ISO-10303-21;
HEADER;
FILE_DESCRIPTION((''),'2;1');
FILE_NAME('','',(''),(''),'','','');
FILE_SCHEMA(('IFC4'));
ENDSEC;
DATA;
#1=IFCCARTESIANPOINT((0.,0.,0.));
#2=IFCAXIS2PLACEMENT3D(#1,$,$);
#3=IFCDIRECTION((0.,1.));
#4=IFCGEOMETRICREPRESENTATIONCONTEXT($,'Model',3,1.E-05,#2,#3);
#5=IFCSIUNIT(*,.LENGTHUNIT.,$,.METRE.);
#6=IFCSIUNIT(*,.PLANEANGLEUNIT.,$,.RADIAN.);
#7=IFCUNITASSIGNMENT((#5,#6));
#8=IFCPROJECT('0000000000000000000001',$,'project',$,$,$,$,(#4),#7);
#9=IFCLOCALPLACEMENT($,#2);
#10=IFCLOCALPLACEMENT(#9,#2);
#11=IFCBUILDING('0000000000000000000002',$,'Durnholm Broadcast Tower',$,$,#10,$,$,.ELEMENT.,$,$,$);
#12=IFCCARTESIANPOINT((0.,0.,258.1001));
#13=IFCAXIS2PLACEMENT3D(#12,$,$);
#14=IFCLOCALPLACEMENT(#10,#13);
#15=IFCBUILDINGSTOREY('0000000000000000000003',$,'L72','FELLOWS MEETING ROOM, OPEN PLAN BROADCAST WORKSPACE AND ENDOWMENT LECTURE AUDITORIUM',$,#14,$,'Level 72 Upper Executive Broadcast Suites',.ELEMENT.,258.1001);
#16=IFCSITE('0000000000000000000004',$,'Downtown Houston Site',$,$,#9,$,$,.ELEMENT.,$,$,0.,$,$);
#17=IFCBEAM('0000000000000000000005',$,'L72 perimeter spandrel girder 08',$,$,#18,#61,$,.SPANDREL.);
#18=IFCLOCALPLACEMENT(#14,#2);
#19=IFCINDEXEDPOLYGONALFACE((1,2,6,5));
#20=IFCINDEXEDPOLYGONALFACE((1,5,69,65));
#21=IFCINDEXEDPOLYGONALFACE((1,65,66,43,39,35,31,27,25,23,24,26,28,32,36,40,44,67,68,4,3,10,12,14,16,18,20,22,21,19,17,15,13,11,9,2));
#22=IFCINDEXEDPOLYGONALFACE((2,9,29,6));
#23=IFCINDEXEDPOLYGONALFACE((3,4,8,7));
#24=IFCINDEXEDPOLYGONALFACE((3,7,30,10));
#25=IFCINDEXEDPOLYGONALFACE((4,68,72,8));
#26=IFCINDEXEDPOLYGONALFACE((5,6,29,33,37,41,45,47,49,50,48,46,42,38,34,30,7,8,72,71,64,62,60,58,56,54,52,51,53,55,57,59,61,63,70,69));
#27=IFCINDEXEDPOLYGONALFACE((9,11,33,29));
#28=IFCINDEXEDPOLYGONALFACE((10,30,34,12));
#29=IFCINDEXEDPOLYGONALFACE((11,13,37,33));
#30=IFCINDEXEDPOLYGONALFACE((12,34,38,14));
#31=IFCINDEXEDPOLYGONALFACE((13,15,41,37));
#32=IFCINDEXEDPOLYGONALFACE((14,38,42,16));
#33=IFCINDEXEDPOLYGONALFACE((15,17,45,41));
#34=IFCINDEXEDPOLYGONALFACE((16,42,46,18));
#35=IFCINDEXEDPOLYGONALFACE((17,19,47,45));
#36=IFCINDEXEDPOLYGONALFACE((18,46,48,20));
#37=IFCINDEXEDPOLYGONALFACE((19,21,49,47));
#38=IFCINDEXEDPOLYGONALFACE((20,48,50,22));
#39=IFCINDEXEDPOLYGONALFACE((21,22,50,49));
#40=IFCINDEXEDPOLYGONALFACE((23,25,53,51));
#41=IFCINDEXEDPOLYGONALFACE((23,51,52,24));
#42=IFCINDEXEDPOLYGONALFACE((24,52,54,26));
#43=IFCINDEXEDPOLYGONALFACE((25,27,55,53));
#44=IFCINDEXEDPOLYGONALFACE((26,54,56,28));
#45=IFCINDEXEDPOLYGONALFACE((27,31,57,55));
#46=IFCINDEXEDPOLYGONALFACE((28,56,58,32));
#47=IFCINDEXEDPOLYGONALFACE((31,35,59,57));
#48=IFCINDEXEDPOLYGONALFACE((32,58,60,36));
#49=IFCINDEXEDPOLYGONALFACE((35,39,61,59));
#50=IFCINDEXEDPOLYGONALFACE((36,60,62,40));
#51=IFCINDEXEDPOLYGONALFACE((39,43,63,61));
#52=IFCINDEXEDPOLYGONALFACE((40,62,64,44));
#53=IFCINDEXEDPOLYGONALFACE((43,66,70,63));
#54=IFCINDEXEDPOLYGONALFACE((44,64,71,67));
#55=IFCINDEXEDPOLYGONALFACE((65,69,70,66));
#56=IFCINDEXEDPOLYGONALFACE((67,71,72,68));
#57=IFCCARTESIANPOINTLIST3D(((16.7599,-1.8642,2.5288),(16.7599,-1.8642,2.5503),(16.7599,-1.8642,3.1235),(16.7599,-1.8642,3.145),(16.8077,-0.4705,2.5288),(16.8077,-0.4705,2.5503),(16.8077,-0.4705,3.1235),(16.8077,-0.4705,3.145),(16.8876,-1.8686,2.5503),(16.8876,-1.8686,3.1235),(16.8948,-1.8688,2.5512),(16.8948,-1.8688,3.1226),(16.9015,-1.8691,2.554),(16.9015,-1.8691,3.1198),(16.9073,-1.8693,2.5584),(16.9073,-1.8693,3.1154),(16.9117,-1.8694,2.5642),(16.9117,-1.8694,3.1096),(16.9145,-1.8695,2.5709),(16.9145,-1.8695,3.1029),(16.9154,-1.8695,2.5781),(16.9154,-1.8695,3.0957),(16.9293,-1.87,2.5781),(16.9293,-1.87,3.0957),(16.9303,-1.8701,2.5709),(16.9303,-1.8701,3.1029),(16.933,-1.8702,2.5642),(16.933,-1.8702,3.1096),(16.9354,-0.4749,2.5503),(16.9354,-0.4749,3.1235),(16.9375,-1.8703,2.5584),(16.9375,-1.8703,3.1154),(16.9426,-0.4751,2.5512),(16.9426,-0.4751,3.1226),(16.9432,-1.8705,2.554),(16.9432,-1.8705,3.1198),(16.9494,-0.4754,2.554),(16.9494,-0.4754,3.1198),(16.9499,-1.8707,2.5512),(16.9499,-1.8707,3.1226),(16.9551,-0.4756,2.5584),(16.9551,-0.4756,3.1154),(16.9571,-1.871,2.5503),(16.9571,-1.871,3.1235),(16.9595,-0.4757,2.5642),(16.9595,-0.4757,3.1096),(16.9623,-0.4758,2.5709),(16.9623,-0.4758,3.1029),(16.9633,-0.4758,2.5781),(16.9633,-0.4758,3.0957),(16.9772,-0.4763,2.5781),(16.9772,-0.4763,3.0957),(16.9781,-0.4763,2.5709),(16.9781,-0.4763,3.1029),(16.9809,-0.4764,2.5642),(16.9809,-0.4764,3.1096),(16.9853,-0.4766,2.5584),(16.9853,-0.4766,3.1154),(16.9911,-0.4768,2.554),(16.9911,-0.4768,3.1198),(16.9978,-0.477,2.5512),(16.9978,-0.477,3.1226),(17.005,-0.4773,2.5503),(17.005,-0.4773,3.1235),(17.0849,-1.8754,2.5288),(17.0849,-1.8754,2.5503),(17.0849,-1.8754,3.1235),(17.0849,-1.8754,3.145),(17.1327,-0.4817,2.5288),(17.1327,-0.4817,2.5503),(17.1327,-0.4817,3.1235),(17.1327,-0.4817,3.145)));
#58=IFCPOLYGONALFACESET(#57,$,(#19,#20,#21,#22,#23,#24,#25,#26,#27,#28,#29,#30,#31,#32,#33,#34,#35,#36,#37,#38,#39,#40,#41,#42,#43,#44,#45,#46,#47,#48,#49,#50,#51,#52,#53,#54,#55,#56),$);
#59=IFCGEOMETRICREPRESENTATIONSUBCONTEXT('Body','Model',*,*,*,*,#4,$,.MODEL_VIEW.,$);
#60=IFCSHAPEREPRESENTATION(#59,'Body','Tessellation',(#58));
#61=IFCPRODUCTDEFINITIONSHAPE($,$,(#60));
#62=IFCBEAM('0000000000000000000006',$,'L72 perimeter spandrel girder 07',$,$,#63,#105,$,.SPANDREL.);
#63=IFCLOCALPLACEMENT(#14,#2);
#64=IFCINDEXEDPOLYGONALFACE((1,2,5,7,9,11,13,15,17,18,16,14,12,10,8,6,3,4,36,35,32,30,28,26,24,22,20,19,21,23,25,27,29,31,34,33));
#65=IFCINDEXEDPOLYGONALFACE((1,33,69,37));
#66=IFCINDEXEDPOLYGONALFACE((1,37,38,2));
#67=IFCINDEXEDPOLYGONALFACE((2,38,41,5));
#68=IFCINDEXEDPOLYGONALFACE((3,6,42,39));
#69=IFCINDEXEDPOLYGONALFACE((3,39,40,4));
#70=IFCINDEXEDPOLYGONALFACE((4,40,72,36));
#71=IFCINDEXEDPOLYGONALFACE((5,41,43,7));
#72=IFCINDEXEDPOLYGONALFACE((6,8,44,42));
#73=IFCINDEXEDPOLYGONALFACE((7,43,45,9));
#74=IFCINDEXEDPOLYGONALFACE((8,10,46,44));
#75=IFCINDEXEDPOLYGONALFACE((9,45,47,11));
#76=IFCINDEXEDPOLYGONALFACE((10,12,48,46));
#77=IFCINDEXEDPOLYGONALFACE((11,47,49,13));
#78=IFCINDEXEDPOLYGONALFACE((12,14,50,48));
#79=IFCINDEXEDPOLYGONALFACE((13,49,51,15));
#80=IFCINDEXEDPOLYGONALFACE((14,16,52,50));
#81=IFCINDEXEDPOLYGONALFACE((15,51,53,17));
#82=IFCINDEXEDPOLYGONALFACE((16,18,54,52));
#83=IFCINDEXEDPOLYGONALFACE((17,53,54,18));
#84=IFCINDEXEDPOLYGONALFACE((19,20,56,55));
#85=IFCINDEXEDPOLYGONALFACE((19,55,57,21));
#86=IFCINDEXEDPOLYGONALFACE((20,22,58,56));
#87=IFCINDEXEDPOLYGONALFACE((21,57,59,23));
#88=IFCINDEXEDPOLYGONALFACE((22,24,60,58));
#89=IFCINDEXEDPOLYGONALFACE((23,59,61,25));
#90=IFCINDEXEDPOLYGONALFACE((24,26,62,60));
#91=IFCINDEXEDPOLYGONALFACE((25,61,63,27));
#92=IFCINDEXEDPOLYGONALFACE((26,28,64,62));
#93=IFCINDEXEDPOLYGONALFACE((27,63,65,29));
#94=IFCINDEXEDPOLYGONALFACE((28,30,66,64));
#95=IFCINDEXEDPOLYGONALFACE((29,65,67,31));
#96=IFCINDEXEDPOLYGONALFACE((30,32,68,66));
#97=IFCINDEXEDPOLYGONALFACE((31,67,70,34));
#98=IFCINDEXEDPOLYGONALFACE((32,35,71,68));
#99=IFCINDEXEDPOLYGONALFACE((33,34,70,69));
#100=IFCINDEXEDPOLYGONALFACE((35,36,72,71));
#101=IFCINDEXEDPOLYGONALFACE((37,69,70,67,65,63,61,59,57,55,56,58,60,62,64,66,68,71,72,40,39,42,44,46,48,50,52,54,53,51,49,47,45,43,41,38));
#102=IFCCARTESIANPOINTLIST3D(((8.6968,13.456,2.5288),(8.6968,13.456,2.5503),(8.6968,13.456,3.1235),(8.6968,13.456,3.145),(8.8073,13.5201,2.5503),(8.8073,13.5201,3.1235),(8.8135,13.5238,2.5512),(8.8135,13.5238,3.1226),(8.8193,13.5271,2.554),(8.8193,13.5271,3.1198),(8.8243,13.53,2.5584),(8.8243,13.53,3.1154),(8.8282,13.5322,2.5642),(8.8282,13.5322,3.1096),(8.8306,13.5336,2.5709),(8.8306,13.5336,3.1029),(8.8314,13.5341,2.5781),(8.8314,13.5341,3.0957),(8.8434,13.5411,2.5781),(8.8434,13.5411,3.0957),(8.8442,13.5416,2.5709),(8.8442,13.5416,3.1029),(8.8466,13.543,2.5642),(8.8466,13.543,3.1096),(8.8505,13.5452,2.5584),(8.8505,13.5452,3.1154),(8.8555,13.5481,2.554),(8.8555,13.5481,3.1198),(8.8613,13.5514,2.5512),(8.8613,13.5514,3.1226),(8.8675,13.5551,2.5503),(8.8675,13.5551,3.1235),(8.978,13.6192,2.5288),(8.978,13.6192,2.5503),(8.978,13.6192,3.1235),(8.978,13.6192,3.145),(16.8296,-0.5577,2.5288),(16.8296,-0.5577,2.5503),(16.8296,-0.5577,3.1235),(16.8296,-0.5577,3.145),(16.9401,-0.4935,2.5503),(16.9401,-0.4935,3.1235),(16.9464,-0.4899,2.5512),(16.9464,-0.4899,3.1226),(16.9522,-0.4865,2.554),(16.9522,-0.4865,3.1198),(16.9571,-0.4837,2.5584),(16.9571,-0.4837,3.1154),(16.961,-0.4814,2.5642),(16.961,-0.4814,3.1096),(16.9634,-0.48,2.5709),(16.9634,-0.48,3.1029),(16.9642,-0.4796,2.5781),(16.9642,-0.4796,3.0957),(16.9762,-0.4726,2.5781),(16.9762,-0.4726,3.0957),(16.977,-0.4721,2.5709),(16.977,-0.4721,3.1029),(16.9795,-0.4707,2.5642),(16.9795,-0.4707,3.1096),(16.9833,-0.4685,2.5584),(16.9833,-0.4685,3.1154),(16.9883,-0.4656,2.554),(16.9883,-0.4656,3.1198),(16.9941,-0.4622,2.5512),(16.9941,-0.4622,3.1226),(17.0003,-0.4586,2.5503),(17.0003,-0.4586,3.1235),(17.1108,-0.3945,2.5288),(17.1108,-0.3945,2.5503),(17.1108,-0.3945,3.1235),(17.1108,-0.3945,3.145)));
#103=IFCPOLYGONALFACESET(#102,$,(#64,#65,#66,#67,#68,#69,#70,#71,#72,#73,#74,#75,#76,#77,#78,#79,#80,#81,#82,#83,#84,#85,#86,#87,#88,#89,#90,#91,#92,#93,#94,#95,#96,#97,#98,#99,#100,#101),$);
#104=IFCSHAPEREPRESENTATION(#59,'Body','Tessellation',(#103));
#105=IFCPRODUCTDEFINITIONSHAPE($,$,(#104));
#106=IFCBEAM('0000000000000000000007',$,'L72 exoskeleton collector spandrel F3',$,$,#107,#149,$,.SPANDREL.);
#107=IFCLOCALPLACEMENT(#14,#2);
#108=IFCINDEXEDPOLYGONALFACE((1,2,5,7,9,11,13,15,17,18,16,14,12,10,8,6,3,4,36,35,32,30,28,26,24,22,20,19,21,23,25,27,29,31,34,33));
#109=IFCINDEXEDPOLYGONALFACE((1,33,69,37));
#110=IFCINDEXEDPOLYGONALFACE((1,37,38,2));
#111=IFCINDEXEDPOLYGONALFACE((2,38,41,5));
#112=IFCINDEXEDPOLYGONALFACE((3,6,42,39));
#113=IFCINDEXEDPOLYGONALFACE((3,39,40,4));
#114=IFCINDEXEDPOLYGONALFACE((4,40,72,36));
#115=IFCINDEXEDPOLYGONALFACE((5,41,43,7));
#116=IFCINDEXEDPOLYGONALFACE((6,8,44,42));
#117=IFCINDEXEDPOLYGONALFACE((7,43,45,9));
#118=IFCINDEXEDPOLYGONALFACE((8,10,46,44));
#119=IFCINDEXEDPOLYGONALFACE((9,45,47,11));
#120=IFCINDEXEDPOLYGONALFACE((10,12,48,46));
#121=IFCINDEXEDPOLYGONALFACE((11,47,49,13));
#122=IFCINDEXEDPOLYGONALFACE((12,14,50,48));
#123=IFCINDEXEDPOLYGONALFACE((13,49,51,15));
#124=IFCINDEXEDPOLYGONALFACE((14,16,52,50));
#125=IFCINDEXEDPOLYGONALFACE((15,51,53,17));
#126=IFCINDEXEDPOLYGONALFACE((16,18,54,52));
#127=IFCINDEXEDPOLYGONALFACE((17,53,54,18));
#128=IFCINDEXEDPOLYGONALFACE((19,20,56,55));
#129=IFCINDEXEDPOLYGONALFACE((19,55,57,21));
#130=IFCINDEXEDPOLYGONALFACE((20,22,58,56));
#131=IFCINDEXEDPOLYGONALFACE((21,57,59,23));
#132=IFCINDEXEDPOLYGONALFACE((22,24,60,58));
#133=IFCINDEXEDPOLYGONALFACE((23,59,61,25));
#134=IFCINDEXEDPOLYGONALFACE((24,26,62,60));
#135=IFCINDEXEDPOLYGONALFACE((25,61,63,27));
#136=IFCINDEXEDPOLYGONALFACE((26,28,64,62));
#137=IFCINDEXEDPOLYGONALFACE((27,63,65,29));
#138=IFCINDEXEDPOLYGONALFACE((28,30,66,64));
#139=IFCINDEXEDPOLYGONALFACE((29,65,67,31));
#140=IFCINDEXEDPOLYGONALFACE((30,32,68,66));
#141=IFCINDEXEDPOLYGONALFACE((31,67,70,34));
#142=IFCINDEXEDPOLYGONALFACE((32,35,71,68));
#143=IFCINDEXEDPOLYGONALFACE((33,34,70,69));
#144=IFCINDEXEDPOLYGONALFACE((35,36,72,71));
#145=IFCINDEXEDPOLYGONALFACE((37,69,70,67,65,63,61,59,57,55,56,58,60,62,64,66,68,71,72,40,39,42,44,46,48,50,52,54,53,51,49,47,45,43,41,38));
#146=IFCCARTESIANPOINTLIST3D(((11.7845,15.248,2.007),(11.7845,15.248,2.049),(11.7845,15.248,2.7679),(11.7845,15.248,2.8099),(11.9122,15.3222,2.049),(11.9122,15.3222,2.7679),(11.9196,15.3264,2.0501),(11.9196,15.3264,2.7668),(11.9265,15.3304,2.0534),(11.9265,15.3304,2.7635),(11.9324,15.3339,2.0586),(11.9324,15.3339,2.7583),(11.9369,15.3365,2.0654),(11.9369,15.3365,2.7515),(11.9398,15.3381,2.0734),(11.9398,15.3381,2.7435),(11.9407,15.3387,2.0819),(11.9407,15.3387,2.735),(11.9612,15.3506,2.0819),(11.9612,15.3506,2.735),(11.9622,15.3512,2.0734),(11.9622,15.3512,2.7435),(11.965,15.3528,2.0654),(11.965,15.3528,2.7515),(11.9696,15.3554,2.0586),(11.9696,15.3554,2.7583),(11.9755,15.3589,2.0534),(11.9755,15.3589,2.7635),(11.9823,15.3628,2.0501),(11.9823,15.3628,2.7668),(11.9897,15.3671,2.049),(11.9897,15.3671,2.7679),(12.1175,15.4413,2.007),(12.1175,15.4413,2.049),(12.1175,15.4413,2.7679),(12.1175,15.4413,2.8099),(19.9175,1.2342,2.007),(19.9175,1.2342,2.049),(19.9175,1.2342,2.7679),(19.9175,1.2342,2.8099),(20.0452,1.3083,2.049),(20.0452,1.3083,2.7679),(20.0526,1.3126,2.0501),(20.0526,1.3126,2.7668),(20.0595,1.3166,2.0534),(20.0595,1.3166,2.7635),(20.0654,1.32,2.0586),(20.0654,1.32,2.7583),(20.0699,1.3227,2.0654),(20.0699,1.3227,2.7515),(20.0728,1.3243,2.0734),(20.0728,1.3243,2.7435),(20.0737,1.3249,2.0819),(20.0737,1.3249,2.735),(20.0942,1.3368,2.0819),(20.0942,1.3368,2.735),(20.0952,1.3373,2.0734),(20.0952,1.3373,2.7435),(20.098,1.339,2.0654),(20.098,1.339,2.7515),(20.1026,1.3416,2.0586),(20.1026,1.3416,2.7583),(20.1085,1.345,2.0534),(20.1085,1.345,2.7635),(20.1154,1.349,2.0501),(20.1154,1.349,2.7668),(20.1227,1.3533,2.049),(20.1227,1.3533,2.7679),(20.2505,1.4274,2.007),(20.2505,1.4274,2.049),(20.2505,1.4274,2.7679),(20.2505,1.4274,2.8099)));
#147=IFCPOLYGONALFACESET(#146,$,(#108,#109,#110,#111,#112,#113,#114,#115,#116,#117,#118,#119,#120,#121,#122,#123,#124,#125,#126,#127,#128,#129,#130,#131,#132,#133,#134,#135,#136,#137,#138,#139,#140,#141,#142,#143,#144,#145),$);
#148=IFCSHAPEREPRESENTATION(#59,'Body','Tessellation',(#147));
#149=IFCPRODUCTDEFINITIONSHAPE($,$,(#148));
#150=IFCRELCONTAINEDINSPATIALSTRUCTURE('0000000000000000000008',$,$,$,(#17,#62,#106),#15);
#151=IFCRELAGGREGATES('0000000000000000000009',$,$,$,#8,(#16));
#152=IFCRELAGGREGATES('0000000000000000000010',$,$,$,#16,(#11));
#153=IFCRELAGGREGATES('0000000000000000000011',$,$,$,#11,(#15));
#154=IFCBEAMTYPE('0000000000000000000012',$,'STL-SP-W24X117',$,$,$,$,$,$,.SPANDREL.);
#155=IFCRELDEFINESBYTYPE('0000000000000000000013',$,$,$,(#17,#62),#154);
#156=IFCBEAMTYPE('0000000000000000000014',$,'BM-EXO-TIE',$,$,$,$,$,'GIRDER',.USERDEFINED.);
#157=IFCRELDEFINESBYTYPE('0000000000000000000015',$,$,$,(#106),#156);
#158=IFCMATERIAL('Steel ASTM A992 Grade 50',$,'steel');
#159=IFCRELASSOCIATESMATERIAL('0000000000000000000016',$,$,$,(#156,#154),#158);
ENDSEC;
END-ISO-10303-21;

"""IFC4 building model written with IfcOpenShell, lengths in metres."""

from ifc_helpers import new_model, si_unit, direction, frame, origin, origin_2d, place, context, subcontext, project, spatial, i_section, extrude, source, transform, mapped, material, material_profile, profile_set, type_object, type_shapes, element, save


model = new_model("IFC4")

# Units and contexts
model_context = context("Model", 3, precision=1e-05, world=origin(), true_north=direction((0.0, 1.0)))
body_context = subcontext(model_context, "Body", "Model", "MODEL_VIEW")
ifc_project = project(units=[si_unit("LENGTHUNIT", "METRE"), si_unit("PLANEANGLEUNIT", "RADIAN")], contexts=[model_context])

# Site, building, storey
site_placement = place(None, origin())
site = spatial("IfcSite", under=ifc_project, at=site_placement, Name="Downtown Houston Site", CompositionType="ELEMENT", RefElevation=0.0)
building_placement = place(site_placement, origin())
building = spatial("IfcBuilding", under=site, at=building_placement, Name="Durnholm Broadcast Tower", CompositionType="ELEMENT")
storey_placement = place(building_placement, frame((0.0, 0.0, 258.1001)))
storey = spatial("IfcBuildingStorey", under=building, at=storey_placement, Name="L72", Description="FELLOWS MEETING ROOM, OPEN PLAN BROADCAST WORKSPACE AND ENDOWMENT LECTURE AUDITORIUM", LongName="Level 72 Upper Executive Broadcast Suites", CompositionType="ELEMENT", Elevation=258.1001)

# Beams
ifc_material_1 = material(Name="Steel ASTM A992 Grade 50", Category="steel")
ifc_material_profile_1 = material_profile(ifc_material_1, i_section(OverallWidth=0.385, OverallDepth=0.803, WebThickness=0.0237, FlangeThickness=0.042, FilletRadius=0.033, at=origin_2d()), Name="W30X261")
ifc_profile_set_1 = profile_set([ifc_material_profile_1], Name="Steel ASTM A992 Grade 50")
beam_type_1 = type_object("IfcBeamType", Name="BM-EXO-TIE", ElementType="GIRDER", PredefinedType="USERDEFINED", material=ifc_profile_set_1)
ifc_material_profile_2 = material_profile(ifc_material_1, i_section(OverallWidth=0.3252, OverallDepth=0.6162, WebThickness=0.0139, FlangeThickness=0.0215, FilletRadius=0.0278, at=origin_2d()), Name="W24X117")
ifc_profile_set_2 = profile_set([ifc_material_profile_2], Name="Steel ASTM A992 Grade 50")
beam_type_2 = type_object("IfcBeamType", Name="STL-SP-W24X117", PredefinedType="SPANDREL", material=ifc_profile_set_2)
shared_shape_1 = source(origin(), body_context, "Body", "SweptSolid", [
    extrude(i_section(OverallWidth=0.3252, OverallDepth=0.6162, WebThickness=0.0139, FlangeThickness=0.0215, FilletRadius=0.0278, at=origin_2d()), origin(), (0.0, 0.0, 1.0), 1.3945),
])
beam_1_placement = place(storey_placement, frame((16.9702, -0.4761, 2.8369), z_axis=(-0.034312, -0.999411, 0.0), x_axis=(0.999411, -0.034312, 0.0)))
element("IfcBeam", 1, at=beam_1_placement, inside=storey, type_object=beam_type_2, Name="L72 perimeter spandrel girder 08", PredefinedType="SPANDREL", context=body_context, shape_type="MappedRepresentation", body=[
    mapped(shared_shape_1, transform((0.0, 0.0, 0.0), x_axis=(1.0, 0.0, 0.0), y_axis=(0.0, 1.0, 0.0), z_axis=(0.0, 0.0, 1.0), scale=1.0)),
])
shared_shape_2 = source(origin(), body_context, "Body", "SweptSolid", [
    extrude(i_section(OverallWidth=0.3252, OverallDepth=0.6162, WebThickness=0.0139, FlangeThickness=0.0215, FilletRadius=0.0278, at=origin_2d()), origin(), (0.0, 0.0, 1.0), 16.2026),
])
type_shapes(beam_type_2, [shared_shape_1, shared_shape_2])
beam_2_placement = place(storey_placement, frame((8.8374, 13.5376, 2.8369), z_axis=(0.501944, -0.8649, 0.0), x_axis=(0.8649, 0.501944, 0.0)))
element("IfcBeam", 2, at=beam_2_placement, inside=storey, type_object=beam_type_2, Name="L72 perimeter spandrel girder 07", PredefinedType="SPANDREL", context=body_context, shape_type="MappedRepresentation", body=[
    mapped(shared_shape_2, transform((0.0, 0.0, 0.0), x_axis=(1.0, 0.0, 0.0), y_axis=(0.0, 1.0, 0.0), z_axis=(0.0, 0.0, 1.0), scale=1.0)),
])
shared_shape_3 = source(origin(), body_context, "Body", "SweptSolid", [
    extrude(i_section(OverallWidth=0.385, OverallDepth=0.803, WebThickness=0.0237, FlangeThickness=0.042, FilletRadius=0.033, at=origin_2d()), origin(), (0.0, 0.0, 1.0), 16.2029),
])
beam_3_placement = place(storey_placement, frame((20.084, 1.3308, 2.4084), z_axis=(-0.501948, 0.864898, 0.0), x_axis=(-0.864898, -0.501948, 0.0)))
element("IfcBeam", 3, at=beam_3_placement, inside=storey, type_object=beam_type_1, Name="L72 exoskeleton collector spandrel F3", PredefinedType="SPANDREL", context=body_context, shape_type="MappedRepresentation", body=[
    mapped(shared_shape_3, transform((0.0, 0.0, 0.0), x_axis=(1.0, 0.0, 0.0), y_axis=(0.0, 1.0, 0.0), z_axis=(0.0, 0.0, 1.0), scale=1.0)),
])

save(model, "model.ifc")
